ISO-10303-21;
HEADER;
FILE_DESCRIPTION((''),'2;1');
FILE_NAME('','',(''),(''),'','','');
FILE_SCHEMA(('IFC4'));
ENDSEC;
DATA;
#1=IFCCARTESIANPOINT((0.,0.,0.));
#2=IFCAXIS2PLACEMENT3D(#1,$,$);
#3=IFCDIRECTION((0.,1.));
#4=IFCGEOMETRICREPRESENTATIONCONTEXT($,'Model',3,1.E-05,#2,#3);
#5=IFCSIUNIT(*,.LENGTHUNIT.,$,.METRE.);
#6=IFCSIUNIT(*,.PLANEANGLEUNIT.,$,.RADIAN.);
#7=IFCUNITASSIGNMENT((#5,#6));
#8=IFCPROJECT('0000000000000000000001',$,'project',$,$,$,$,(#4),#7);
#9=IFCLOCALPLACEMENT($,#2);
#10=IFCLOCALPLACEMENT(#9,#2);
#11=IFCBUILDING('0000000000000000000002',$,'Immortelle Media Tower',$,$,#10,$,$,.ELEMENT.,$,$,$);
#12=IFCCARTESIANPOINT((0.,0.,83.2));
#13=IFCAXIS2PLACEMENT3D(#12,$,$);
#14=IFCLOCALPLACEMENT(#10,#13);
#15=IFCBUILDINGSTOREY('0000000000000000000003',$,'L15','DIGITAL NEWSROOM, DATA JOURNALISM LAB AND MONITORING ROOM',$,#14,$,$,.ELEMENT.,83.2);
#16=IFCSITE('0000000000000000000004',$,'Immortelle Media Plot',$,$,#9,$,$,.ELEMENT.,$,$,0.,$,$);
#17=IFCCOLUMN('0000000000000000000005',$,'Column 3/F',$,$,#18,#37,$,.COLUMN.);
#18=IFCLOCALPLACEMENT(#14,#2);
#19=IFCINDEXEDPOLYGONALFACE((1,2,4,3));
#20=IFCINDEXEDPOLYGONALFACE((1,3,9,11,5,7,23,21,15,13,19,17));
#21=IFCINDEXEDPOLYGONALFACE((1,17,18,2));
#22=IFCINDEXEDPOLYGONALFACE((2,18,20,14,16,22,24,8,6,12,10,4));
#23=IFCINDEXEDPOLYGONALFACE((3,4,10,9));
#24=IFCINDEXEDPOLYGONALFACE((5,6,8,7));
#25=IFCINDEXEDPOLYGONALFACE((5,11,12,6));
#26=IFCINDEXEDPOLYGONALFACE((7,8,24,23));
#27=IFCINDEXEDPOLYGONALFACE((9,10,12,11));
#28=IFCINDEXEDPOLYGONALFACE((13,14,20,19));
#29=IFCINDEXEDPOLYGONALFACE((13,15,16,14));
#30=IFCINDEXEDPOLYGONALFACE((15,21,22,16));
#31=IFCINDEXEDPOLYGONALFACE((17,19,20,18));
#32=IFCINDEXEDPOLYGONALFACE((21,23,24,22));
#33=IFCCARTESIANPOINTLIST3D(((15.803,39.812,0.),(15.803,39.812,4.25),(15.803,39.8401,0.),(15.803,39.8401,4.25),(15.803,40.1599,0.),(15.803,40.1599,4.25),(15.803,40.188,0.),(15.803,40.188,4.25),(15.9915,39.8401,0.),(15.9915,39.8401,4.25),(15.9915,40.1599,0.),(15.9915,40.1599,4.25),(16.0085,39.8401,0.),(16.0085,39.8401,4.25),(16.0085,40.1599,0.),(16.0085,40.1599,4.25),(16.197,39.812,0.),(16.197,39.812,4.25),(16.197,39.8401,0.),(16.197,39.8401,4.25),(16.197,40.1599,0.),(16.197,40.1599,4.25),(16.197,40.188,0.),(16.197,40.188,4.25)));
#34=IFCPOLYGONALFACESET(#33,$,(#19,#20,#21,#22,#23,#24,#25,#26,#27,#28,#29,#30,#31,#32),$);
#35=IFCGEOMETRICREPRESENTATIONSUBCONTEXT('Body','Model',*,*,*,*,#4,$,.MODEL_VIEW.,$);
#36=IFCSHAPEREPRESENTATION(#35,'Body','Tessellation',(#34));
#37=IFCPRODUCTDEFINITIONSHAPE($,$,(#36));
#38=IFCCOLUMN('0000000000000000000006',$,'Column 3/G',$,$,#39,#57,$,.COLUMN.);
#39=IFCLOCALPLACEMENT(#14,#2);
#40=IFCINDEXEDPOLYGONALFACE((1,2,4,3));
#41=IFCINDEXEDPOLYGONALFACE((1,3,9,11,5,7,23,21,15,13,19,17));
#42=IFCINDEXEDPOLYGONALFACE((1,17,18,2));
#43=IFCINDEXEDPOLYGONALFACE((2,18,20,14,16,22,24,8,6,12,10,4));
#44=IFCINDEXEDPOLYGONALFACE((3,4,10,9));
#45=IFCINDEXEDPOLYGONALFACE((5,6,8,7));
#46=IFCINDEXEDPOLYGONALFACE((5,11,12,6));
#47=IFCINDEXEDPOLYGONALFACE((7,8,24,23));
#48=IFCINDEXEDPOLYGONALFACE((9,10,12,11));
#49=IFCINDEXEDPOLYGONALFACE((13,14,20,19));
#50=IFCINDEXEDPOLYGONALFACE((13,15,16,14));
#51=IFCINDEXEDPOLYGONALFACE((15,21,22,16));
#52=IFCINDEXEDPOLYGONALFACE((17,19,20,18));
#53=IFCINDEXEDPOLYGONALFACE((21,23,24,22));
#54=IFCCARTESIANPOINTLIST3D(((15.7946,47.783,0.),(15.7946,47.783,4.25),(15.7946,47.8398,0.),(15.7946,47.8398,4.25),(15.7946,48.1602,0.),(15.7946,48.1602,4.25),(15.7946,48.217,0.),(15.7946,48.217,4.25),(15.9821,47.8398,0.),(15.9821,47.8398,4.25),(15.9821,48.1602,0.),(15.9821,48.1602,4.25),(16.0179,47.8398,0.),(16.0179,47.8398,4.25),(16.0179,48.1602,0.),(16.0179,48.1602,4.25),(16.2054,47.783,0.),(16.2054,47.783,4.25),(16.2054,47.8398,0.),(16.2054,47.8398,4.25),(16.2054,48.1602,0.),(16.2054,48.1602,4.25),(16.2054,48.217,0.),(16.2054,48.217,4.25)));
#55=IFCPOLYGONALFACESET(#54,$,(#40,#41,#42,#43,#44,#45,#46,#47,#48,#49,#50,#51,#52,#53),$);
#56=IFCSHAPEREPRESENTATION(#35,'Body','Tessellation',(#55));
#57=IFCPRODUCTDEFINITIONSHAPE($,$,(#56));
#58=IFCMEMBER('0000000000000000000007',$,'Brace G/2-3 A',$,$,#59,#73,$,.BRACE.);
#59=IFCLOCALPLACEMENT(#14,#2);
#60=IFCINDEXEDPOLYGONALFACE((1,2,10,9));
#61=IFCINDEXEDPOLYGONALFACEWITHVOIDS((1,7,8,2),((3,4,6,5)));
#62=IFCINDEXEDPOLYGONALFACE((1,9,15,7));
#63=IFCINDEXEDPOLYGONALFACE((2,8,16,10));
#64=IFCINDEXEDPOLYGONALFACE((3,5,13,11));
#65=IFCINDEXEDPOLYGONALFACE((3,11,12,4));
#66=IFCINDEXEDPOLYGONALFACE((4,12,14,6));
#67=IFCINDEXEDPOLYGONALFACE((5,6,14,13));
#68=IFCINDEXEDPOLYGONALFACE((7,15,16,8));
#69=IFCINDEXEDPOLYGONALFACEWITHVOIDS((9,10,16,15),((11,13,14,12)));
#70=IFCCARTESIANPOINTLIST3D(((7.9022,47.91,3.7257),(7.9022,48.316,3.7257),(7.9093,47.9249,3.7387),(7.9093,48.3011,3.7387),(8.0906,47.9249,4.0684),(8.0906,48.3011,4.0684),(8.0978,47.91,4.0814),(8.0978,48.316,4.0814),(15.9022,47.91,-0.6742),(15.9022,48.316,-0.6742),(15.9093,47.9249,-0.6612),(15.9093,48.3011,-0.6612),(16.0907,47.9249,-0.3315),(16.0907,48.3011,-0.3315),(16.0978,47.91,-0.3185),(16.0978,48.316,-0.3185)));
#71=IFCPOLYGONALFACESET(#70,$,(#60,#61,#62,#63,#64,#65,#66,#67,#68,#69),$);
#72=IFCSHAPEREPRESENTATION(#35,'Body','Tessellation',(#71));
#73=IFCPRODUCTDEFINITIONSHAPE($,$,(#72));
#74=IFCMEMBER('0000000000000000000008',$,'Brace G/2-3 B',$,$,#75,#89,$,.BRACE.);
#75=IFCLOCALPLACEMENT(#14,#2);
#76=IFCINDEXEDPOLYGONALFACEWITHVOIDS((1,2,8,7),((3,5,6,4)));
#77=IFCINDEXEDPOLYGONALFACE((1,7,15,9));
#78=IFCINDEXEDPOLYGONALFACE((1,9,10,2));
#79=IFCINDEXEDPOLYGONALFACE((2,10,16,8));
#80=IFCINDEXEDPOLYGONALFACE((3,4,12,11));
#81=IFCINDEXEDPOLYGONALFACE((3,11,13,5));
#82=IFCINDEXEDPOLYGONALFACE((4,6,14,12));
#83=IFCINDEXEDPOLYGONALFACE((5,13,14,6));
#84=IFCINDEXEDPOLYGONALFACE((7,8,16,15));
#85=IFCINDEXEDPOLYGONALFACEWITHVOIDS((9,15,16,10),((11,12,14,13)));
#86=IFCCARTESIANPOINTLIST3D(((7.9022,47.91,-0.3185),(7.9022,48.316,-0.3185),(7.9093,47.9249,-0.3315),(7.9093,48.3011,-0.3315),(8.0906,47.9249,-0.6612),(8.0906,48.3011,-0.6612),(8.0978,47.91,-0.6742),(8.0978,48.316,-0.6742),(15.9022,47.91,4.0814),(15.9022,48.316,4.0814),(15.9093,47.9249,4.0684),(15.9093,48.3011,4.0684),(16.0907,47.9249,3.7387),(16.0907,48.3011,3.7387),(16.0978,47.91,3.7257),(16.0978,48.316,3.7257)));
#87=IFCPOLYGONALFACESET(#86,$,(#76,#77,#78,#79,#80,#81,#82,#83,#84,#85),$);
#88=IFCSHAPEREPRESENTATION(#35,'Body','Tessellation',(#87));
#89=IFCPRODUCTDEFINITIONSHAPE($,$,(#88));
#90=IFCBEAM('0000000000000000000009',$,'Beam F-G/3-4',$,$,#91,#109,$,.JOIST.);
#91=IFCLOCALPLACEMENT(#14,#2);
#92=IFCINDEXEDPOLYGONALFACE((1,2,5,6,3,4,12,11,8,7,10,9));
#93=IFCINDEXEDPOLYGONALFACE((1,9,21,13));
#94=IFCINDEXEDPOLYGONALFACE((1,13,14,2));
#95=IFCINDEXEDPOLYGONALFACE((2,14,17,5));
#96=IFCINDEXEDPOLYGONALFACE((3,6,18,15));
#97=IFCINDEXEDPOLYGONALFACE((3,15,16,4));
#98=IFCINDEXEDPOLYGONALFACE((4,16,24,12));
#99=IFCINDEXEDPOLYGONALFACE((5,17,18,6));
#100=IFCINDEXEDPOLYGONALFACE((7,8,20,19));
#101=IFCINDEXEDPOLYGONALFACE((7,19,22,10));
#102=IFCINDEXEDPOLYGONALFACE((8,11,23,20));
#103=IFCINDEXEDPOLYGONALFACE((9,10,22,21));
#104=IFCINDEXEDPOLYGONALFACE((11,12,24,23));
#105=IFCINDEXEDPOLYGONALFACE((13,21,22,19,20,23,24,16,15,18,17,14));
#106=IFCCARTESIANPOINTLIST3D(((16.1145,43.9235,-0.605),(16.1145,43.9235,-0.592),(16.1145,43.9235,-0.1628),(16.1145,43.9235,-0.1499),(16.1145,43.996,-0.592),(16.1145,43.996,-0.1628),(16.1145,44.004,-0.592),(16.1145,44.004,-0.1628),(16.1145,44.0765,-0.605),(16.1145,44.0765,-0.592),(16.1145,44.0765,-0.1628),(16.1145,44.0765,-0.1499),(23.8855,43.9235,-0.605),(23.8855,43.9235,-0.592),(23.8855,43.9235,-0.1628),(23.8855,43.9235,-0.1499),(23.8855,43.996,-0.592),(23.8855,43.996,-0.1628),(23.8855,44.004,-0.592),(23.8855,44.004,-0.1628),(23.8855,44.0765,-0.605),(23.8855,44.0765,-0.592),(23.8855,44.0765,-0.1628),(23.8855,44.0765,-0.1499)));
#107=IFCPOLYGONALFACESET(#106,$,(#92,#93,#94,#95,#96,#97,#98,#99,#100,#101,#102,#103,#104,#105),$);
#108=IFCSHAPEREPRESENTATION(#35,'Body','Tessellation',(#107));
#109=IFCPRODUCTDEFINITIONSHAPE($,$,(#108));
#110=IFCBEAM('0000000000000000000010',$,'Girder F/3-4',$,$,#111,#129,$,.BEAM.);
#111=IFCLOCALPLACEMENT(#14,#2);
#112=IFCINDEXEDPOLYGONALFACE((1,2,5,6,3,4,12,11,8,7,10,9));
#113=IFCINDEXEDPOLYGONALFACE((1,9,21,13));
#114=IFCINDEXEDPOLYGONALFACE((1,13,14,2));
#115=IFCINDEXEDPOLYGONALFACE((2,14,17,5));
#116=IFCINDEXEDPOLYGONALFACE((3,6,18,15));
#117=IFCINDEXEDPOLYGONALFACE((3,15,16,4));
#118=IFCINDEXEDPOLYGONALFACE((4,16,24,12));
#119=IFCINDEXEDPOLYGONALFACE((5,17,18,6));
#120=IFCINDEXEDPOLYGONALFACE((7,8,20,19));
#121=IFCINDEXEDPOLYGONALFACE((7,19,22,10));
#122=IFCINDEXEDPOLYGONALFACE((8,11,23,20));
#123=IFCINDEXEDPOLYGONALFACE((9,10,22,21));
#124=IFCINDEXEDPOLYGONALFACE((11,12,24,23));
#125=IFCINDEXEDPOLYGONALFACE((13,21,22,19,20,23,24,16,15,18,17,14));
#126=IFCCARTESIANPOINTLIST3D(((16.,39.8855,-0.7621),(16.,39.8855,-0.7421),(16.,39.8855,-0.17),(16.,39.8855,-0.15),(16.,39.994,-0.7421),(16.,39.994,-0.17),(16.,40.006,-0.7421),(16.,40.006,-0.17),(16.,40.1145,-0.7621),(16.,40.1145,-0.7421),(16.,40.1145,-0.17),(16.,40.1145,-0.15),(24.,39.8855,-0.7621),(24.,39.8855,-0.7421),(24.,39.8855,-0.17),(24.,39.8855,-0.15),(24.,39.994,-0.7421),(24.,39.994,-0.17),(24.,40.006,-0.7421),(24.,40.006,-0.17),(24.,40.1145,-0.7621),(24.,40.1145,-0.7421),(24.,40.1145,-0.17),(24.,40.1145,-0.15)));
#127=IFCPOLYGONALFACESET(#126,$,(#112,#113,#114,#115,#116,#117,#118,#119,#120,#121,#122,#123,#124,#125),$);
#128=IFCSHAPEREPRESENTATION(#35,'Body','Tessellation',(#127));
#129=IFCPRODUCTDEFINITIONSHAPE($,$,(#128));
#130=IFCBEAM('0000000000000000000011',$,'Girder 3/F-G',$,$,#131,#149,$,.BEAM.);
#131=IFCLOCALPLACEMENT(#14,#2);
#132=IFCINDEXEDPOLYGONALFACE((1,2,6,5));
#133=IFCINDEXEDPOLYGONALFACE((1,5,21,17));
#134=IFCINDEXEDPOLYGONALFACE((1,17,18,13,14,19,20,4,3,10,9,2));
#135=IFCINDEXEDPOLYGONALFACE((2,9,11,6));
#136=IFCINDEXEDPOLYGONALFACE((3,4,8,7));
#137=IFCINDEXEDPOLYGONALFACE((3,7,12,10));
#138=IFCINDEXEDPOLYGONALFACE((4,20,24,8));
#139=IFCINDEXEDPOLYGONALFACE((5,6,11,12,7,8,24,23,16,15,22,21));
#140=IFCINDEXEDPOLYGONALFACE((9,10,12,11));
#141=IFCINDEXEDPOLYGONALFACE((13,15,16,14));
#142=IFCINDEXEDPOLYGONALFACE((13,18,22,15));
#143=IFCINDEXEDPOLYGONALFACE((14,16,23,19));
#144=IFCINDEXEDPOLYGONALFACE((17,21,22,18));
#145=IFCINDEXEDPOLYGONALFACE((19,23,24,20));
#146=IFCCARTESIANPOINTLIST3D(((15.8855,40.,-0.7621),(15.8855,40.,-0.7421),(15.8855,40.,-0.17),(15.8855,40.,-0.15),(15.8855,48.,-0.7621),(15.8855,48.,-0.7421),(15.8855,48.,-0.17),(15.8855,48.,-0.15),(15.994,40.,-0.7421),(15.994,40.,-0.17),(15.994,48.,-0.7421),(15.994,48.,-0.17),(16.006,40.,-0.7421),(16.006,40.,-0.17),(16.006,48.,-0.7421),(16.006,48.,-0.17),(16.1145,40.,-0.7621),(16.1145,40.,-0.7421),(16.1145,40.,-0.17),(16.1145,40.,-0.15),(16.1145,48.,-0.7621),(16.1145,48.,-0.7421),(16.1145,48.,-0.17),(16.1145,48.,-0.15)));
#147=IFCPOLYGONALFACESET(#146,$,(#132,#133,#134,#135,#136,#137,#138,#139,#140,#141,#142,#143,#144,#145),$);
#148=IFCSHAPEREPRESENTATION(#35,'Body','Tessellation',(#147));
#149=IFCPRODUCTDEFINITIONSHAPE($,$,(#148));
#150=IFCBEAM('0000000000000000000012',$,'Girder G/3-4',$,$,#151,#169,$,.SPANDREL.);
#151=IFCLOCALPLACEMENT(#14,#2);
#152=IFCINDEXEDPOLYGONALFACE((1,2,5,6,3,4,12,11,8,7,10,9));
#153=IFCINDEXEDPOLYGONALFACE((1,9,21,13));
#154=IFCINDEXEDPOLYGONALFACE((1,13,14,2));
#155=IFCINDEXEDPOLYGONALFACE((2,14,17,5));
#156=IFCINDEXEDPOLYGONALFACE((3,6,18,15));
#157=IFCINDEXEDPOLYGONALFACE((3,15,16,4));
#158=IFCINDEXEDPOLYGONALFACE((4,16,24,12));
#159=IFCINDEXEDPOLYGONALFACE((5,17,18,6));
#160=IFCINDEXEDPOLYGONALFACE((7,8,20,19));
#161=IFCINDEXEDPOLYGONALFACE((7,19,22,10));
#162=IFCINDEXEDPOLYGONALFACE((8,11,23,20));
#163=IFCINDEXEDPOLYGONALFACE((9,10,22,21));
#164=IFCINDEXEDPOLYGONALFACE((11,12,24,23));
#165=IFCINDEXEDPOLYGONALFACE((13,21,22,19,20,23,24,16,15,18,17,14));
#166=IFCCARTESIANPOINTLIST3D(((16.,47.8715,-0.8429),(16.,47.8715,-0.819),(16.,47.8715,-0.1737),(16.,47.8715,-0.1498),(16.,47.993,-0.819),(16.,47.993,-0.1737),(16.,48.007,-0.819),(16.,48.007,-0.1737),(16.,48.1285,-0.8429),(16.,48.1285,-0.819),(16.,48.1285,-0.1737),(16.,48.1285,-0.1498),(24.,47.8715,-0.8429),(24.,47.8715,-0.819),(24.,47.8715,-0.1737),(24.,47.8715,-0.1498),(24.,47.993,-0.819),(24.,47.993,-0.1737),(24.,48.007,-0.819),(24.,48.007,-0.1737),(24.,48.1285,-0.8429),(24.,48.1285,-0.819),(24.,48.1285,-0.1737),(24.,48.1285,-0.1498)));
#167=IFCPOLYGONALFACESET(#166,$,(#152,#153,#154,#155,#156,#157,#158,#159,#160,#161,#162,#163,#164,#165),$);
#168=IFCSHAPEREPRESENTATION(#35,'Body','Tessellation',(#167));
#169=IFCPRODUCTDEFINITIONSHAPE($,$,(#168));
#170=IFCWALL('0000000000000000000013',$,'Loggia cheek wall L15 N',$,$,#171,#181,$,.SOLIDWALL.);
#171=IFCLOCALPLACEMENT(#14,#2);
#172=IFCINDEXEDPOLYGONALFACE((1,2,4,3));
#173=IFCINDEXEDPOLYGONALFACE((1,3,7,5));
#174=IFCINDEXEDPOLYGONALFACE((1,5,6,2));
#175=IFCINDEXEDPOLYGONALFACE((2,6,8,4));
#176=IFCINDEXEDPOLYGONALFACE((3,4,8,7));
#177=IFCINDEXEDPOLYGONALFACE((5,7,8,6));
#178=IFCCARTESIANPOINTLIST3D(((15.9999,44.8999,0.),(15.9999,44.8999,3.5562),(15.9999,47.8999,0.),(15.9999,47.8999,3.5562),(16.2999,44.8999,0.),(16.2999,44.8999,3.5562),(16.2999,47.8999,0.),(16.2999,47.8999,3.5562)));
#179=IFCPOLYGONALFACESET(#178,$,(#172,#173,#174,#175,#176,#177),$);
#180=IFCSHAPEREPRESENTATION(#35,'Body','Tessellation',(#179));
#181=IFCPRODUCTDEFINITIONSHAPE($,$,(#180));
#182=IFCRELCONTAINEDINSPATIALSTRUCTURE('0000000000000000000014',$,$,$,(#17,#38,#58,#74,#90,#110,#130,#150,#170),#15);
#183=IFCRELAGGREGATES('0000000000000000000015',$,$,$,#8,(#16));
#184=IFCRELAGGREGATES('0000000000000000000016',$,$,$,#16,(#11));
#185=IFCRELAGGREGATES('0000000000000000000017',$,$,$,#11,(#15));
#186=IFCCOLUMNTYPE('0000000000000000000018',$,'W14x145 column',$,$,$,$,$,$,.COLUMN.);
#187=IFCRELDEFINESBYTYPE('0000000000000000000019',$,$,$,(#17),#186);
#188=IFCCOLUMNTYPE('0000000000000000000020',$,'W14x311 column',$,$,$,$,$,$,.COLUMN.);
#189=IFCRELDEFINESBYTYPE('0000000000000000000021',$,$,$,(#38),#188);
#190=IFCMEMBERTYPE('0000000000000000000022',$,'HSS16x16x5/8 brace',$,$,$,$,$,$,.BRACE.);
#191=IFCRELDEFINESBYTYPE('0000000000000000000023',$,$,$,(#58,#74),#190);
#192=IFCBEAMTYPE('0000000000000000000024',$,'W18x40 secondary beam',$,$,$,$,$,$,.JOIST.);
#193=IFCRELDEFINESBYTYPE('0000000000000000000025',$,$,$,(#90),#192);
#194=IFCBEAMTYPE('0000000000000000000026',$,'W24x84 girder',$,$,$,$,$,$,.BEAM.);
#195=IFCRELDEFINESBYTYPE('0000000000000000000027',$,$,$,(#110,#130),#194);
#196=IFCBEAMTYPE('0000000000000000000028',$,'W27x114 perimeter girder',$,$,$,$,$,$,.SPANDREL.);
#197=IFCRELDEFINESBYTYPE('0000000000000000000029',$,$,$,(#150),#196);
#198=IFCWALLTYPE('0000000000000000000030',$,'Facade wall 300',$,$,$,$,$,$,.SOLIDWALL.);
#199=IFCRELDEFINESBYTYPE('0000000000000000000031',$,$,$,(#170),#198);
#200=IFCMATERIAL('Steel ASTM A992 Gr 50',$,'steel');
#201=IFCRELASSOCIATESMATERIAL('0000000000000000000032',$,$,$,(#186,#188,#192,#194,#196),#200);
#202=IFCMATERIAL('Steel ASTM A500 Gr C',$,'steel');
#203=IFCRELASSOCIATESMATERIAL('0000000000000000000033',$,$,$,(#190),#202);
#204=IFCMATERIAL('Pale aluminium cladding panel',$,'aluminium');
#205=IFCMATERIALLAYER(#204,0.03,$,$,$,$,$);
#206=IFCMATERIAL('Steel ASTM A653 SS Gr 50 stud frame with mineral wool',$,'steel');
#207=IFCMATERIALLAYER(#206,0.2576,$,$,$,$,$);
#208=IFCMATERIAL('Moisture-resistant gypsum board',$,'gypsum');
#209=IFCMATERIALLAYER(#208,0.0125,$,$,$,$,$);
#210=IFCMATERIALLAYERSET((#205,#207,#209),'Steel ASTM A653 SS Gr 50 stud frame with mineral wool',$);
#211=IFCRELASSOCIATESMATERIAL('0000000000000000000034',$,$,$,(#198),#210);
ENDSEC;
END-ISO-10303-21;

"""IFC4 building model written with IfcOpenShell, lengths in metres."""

from ifc_helpers import new_model, si_unit, direction, frame, frame_2d, origin, origin_2d, place, context, subcontext, project, spatial, rectangle, hollow_rectangle, i_section, extrude, material, layer, layer_set, material_profile, profile_set, type_object, element, save


model = new_model("IFC4")

# Units and contexts
model_context = context("Model", 3, precision=1e-05, world=origin(), true_north=direction((0.0, 1.0)))
body_context = subcontext(model_context, "Body", "Model", "MODEL_VIEW")
ifc_project = project(units=[si_unit("LENGTHUNIT", "METRE"), si_unit("PLANEANGLEUNIT", "RADIAN")], contexts=[model_context])

# Site, building, storey
site_placement = place(None, origin())
site = spatial("IfcSite", under=ifc_project, at=site_placement, Name="Immortelle Media Plot", CompositionType="ELEMENT", RefElevation=0.0)
building_placement = place(site_placement, origin())
building = spatial("IfcBuilding", under=site, at=building_placement, Name="Immortelle Media Tower", CompositionType="ELEMENT")
storey_placement = place(building_placement, frame((0.0, 0.0, 83.2)))
storey = spatial("IfcBuildingStorey", under=building, at=storey_placement, Name="L15", Description="DIGITAL NEWSROOM, DATA JOURNALISM LAB AND MONITORING ROOM", CompositionType="ELEMENT", Elevation=83.2)

# Columns
ifc_material_1 = material(Name="Steel ASTM A992 Gr 50", Category="steel")
ifc_material_profile_1 = material_profile(ifc_material_1, i_section(OverallWidth=0.394, OverallDepth=0.376, WebThickness=0.0171, FlangeThickness=0.0281, at=origin_2d()), Name="W14x145")
ifc_profile_set_1 = profile_set([ifc_material_profile_1], Name="Steel ASTM A992 Gr 50")
column_type_1 = type_object("IfcColumnType", Name="W14x145 column", PredefinedType="COLUMN", material=ifc_profile_set_1)
column_1_placement = place(storey_placement, frame((16.0, 40.0, 0.0), z_axis=(0.0, 0.0, 1.0), x_axis=(1.0, 0.0, 0.0)))
element("IfcColumn", 1, at=column_1_placement, inside=storey, type_object=column_type_1, Name="Column 3/F", PredefinedType="COLUMN", context=body_context, shape_type="SweptSolid", body=[
    extrude(i_section(OverallWidth=0.394, OverallDepth=0.376, WebThickness=0.0171, FlangeThickness=0.0281, at=origin_2d()), origin(), (0.0, 0.0, 1.0), 4.25),
])
ifc_material_profile_2 = material_profile(ifc_material_1, i_section(OverallWidth=0.4109, OverallDepth=0.4341, WebThickness=0.0359, FlangeThickness=0.0569, at=origin_2d()), Name="W14x311")
ifc_profile_set_2 = profile_set([ifc_material_profile_2], Name="Steel ASTM A992 Gr 50")
column_type_2 = type_object("IfcColumnType", Name="W14x311 column", PredefinedType="COLUMN", material=ifc_profile_set_2)
column_2_placement = place(storey_placement, frame((16.0, 48.0, 0.0), z_axis=(0.0, 0.0, 1.0), x_axis=(1.0, 0.0, 0.0)))
element("IfcColumn", 2, at=column_2_placement, inside=storey, type_object=column_type_2, Name="Column 3/G", PredefinedType="COLUMN", context=body_context, shape_type="SweptSolid", body=[
    extrude(i_section(OverallWidth=0.4109, OverallDepth=0.4341, WebThickness=0.0359, FlangeThickness=0.0569, at=origin_2d()), origin(), (0.0, 0.0, 1.0), 4.25),
])

# Members
ifc_material_2 = material(Name="Steel ASTM A500 Gr C", Category="steel")
ifc_material_profile_3 = material_profile(ifc_material_2, hollow_rectangle(XDim=0.406, YDim=0.406, WallThickness=0.0149, at=origin_2d()), Name="HSS16x16x5/8 brace")
ifc_profile_set_3 = profile_set([ifc_material_profile_3], Name="Steel ASTM A500 Gr C")
member_type = type_object("IfcMemberType", Name="HSS16x16x5/8 brace", PredefinedType="BRACE", material=ifc_profile_set_3)
for number, where, z_axis, x_axis, name in (
    (3, (16.0, 48.113, -0.4963), (-0.87622, 0.0, 0.481911), (0.0, -1.0, 0.0), "Brace G/2-3 A"),
    (4, (16.0, 48.113, 3.9036), (-0.87622, 0.0, -0.481911), (0.0, -1.0, 0.0), "Brace G/2-3 B"),
):
    element("IfcMember", number, at=place(storey_placement, frame(where, z_axis=z_axis, x_axis=x_axis)), inside=storey, type_object=member_type, Name=name, PredefinedType="BRACE", context=body_context, shape_type="SweptSolid", body=[
        extrude(hollow_rectangle(XDim=0.406, YDim=0.406, WallThickness=0.0149, at=origin_2d()), origin(), (0.0, 0.0, 1.0), 9.1301),
    ])

# Beams
ifc_material_profile_4 = material_profile(ifc_material_1, i_section(OverallWidth=0.1531, OverallDepth=0.4551, WebThickness=0.0081, FlangeThickness=0.0129, at=origin_2d()), Name="W18x40")
ifc_profile_set_4 = profile_set([ifc_material_profile_4], Name="Steel ASTM A992 Gr 50")
beam_type_1 = type_object("IfcBeamType", Name="W18x40 secondary beam", PredefinedType="JOIST", material=ifc_profile_set_4)
beam_1_placement = place(storey_placement, frame((16.1145, 44.0, -0.3774), z_axis=(1.0, 0.0, 0.0), x_axis=(0.0, 1.0, 0.0)))
element("IfcBeam", 5, at=beam_1_placement, inside=storey, type_object=beam_type_1, Name="Beam F-G/3-4", PredefinedType="JOIST", context=body_context, shape_type="SweptSolid", body=[
    extrude(i_section(OverallWidth=0.1531, OverallDepth=0.4551, WebThickness=0.0081, FlangeThickness=0.0129, at=origin_2d()), origin(), (0.0, 0.0, 1.0), 7.771),
])
ifc_material_profile_5 = material_profile(ifc_material_1, i_section(OverallWidth=0.229, OverallDepth=0.6121, WebThickness=0.012, FlangeThickness=0.02, at=origin_2d()), Name="W24x84")
ifc_profile_set_5 = profile_set([ifc_material_profile_5], Name="Steel ASTM A992 Gr 50")
beam_type_2 = type_object("IfcBeamType", Name="W24x84 girder", PredefinedType="BEAM", material=ifc_profile_set_5)
for number, where, z_axis, x_axis, name in (
    (6, (16.0, 40.0, -0.4561), (1.0, 0.0, 0.0), (0.0, 1.0, 0.0), "Girder F/3-4"),
    (7, (16.0, 40.0, -0.4561), (0.0, 1.0, 0.0), (-1.0, 0.0, 0.0), "Girder 3/F-G"),
):
    element("IfcBeam", number, at=place(storey_placement, frame(where, z_axis=z_axis, x_axis=x_axis)), inside=storey, type_object=beam_type_2, Name=name, PredefinedType="BEAM", context=body_context, shape_type="SweptSolid", body=[
        extrude(i_section(OverallWidth=0.229, OverallDepth=0.6121, WebThickness=0.012, FlangeThickness=0.02, at=origin_2d()), origin(), (0.0, 0.0, 1.0), 8.0),
    ])
ifc_material_profile_6 = material_profile(ifc_material_1, i_section(OverallWidth=0.2571, OverallDepth=0.6931, WebThickness=0.0139, FlangeThickness=0.0239, at=origin_2d()), Name="W27x114")
ifc_profile_set_6 = profile_set([ifc_material_profile_6], Name="Steel ASTM A992 Gr 50")
beam_type_3 = type_object("IfcBeamType", Name="W27x114 perimeter girder", PredefinedType="SPANDREL", material=ifc_profile_set_6)
beam_2_placement = place(storey_placement, frame((16.0, 48.0, -0.4963), z_axis=(1.0, 0.0, 0.0), x_axis=(0.0, 1.0, 0.0)))
element("IfcBeam", 8, at=beam_2_placement, inside=storey, type_object=beam_type_3, Name="Girder G/3-4", PredefinedType="SPANDREL", context=body_context, shape_type="SweptSolid", body=[
    extrude(i_section(OverallWidth=0.2571, OverallDepth=0.6931, WebThickness=0.0139, FlangeThickness=0.0239, at=origin_2d()), origin(), (0.0, 0.0, 1.0), 8.0),
])

# Wall
ifc_material_3 = material(Name="Pale aluminium cladding panel", Category="aluminium")
ifc_layer_1 = layer(ifc_material_3, 0.03)
ifc_material_4 = material(Name="Steel ASTM A653 SS Gr 50 stud frame with mineral wool", Category="steel")
ifc_layer_2 = layer(ifc_material_4, 0.2576)
ifc_material_5 = material(Name="Moisture-resistant gypsum board", Category="gypsum")
ifc_layer_3 = layer(ifc_material_5, 0.0125)
ifc_layer_set_1 = layer_set([ifc_layer_1, ifc_layer_2, ifc_layer_3], Name="Steel ASTM A653 SS Gr 50 stud frame with mineral wool")
wall_type_1 = type_object("IfcWallType", Name="Facade wall 300", PredefinedType="SOLIDWALL", material=ifc_layer_set_1)
wall_1_placement = place(storey_placement, frame((16.1499, 47.8999, 0.0), z_axis=(0.0, 0.0, 1.0), x_axis=(0.0, -1.0, 0.0)))
element("IfcWall", 9, at=wall_1_placement, inside=storey, type_object=wall_type_1, Name="Loggia cheek wall L15 N", PredefinedType="SOLIDWALL", context=body_context, shape_type="SweptSolid", body=[
    extrude(rectangle(XDim=3.0, YDim=0.3, at=frame_2d((1.5, 0.0))), origin(), (0.0, 0.0, 1.0), 3.5562),
])

save(model, "model.ifc")
